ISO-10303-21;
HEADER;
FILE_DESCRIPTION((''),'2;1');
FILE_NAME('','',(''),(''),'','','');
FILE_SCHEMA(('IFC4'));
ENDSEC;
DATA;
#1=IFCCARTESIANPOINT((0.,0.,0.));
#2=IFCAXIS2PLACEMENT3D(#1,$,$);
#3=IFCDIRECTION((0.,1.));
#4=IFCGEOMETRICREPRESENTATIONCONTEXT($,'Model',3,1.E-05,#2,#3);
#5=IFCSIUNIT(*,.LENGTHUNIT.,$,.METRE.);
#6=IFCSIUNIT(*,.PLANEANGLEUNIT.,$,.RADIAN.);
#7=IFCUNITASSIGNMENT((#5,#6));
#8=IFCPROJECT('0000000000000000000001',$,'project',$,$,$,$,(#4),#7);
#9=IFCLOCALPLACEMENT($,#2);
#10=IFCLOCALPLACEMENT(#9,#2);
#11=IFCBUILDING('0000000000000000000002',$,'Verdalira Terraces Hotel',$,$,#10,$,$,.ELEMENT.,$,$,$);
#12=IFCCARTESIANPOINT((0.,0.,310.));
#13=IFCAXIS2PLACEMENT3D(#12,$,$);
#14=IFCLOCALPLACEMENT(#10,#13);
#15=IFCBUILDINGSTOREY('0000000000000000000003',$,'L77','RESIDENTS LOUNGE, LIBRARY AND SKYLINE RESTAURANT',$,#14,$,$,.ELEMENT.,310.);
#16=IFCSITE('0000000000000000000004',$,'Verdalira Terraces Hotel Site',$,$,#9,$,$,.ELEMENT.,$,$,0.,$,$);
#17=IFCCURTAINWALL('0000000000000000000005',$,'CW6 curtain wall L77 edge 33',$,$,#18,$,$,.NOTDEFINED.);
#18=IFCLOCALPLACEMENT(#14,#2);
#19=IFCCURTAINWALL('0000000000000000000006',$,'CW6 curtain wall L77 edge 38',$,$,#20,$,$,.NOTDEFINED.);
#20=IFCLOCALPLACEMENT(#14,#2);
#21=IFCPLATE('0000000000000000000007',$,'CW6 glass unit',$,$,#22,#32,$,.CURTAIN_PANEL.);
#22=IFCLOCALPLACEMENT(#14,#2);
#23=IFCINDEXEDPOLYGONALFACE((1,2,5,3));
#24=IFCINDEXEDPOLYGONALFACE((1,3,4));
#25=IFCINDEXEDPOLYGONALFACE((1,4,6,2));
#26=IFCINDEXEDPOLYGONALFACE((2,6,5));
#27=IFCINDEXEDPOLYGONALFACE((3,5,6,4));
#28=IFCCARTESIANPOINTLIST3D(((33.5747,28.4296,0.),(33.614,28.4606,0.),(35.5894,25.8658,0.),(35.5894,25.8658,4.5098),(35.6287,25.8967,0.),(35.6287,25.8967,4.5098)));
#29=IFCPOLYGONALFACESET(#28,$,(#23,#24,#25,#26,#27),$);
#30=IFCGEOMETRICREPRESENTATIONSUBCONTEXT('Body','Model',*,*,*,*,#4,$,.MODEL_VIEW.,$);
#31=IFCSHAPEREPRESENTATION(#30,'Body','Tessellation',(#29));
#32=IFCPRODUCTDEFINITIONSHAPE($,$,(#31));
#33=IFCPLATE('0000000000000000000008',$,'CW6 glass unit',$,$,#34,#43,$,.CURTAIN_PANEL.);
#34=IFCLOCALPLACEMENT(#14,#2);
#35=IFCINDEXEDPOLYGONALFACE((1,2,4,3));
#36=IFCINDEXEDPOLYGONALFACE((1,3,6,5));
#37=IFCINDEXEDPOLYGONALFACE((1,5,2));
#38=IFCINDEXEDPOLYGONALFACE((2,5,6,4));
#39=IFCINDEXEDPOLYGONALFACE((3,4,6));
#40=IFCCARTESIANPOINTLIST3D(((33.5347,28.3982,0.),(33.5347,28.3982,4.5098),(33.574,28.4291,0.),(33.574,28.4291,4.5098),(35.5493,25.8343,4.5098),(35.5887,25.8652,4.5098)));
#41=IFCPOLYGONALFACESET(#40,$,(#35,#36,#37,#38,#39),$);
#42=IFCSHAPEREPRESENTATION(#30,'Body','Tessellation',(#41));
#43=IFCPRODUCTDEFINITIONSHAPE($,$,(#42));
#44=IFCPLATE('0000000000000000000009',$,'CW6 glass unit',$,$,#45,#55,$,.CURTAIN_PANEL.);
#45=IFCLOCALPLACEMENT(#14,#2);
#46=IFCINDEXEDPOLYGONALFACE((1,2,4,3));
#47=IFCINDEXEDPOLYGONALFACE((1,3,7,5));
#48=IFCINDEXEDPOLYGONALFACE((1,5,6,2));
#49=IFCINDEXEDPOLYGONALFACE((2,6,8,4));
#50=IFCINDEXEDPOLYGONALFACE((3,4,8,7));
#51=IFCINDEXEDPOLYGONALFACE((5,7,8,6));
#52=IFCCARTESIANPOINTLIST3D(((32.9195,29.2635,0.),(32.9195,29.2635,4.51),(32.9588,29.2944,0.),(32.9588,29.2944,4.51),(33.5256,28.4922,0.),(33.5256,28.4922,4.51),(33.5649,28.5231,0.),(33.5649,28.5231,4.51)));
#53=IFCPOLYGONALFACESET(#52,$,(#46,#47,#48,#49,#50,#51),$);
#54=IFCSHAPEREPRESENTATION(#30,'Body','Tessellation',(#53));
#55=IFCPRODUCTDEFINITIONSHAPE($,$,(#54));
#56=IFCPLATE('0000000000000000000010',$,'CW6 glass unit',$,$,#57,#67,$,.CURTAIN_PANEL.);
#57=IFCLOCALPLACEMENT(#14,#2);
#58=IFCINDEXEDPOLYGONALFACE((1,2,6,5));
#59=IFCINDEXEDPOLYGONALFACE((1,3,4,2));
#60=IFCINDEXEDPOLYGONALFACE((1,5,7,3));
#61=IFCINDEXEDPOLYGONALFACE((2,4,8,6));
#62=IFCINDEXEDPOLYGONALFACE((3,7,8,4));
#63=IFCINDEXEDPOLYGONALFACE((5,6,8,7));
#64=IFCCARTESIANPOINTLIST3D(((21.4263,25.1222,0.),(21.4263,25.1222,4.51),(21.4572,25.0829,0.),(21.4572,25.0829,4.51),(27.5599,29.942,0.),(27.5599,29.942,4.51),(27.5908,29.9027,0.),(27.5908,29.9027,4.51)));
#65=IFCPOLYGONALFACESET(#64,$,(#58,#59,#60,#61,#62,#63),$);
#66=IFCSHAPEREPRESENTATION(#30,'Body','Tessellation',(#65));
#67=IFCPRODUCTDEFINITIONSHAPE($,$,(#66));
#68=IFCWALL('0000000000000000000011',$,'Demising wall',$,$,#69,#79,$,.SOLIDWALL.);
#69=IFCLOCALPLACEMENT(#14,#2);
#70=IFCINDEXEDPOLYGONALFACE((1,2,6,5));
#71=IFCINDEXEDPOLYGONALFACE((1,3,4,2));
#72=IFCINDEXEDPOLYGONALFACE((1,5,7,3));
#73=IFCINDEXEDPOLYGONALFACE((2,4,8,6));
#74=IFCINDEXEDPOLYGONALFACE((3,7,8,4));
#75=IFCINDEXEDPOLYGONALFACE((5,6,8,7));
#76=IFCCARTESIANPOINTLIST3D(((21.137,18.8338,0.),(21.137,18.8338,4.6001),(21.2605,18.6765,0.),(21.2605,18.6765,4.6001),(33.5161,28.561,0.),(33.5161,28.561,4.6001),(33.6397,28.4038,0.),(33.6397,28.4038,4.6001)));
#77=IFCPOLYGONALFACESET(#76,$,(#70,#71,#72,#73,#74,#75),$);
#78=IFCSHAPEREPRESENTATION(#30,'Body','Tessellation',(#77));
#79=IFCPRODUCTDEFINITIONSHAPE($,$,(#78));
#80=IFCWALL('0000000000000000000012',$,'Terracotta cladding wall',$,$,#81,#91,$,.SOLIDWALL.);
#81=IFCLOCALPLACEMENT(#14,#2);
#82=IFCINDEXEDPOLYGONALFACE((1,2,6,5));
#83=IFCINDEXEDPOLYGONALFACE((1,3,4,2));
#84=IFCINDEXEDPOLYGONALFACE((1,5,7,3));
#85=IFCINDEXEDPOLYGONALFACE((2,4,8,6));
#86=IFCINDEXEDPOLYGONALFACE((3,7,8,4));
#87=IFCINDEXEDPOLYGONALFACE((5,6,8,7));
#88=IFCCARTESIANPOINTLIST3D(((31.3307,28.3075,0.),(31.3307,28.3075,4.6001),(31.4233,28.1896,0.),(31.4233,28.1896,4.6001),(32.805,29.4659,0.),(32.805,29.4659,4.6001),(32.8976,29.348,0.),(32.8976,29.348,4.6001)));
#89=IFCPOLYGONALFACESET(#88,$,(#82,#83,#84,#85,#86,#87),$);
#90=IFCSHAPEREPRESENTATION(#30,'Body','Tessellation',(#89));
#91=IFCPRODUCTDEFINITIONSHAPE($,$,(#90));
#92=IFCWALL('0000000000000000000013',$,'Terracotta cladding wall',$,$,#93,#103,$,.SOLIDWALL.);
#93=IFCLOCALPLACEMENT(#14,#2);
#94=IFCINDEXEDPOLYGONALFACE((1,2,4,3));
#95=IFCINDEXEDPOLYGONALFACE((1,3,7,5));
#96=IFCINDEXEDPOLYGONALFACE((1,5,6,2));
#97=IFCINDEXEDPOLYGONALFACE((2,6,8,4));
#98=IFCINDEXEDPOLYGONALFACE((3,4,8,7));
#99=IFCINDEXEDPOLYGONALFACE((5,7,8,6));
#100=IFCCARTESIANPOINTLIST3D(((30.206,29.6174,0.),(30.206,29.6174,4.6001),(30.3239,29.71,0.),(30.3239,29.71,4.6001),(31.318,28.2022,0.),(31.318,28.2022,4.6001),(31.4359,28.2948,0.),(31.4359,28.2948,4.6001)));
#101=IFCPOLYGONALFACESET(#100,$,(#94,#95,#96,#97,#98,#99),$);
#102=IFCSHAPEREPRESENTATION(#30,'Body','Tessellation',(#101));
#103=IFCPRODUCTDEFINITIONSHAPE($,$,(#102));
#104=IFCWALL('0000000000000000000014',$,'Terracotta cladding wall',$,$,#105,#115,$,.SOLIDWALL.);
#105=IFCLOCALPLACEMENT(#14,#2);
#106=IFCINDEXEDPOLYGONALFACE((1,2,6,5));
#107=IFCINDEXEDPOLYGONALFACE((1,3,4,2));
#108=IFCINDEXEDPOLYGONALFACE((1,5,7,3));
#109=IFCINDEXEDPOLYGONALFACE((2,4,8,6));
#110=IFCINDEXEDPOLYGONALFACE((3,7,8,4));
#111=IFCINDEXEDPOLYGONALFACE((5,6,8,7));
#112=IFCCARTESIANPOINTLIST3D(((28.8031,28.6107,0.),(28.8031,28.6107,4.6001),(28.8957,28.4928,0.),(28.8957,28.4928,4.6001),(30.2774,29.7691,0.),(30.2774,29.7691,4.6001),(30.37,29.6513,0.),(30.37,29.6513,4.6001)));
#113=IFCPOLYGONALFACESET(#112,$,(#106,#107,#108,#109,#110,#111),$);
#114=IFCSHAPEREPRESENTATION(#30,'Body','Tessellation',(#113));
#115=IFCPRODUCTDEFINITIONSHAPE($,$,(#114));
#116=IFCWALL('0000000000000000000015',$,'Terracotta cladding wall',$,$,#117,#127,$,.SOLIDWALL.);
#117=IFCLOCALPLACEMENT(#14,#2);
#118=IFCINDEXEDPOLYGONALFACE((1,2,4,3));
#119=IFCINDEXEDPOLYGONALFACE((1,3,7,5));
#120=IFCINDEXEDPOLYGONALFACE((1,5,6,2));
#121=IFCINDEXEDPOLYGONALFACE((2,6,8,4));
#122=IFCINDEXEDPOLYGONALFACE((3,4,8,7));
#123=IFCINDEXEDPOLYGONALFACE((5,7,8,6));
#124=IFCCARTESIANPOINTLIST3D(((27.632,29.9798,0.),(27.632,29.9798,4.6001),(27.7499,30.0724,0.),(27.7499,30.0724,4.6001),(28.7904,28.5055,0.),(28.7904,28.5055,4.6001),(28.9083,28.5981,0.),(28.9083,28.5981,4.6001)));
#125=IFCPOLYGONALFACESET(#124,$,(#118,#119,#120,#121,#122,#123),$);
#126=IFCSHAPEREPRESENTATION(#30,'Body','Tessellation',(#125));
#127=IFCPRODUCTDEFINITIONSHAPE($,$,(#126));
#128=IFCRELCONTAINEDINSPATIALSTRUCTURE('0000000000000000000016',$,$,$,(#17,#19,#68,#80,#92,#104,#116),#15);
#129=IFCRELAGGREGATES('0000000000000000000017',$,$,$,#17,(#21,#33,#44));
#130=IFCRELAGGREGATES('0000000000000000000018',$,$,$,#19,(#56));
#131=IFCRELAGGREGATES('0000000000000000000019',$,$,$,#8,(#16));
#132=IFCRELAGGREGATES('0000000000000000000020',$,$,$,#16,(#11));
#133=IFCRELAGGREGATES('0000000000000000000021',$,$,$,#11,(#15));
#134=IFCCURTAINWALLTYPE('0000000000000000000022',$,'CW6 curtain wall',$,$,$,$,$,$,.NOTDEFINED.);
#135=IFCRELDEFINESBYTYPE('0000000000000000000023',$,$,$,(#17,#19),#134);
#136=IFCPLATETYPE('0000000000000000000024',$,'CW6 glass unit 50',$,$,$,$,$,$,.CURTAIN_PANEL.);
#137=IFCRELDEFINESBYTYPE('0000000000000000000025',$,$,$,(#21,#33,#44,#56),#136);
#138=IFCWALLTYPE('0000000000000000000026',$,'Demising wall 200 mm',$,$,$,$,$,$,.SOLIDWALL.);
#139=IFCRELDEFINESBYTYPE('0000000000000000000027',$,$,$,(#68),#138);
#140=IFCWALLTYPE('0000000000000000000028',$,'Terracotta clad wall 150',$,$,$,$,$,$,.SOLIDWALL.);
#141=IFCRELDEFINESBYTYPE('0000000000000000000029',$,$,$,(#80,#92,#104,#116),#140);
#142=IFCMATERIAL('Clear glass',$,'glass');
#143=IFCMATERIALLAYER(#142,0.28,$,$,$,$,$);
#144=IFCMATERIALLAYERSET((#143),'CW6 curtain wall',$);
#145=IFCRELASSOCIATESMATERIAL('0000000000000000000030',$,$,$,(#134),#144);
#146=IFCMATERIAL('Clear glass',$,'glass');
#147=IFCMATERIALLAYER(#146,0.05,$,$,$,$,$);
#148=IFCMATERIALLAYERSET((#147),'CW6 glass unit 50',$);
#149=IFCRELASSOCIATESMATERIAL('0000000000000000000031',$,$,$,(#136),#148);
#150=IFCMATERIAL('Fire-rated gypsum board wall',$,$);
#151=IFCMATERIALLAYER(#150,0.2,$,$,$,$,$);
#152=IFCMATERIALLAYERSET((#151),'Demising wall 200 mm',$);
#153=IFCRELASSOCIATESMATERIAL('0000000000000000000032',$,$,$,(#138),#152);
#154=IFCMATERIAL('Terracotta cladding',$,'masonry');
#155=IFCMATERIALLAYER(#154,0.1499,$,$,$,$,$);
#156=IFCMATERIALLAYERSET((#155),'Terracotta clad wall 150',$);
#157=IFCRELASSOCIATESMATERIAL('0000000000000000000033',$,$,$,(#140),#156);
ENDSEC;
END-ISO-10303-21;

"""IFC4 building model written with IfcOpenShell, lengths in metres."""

from ifc_helpers import new_model, si_unit, direction, frame, frame_2d, origin, origin_2d, place, context, subcontext, project, spatial, polyline, rectangle, outline, extrude, material, layer, layer_set, type_object, element, aggregate, save


model = new_model("IFC4")

# Units and contexts
model_context = context("Model", 3, precision=1e-05, world=origin(), true_north=direction((0.0, 1.0)))
body_context = subcontext(model_context, "Body", "Model", "MODEL_VIEW")
ifc_project = project(units=[si_unit("LENGTHUNIT", "METRE"), si_unit("PLANEANGLEUNIT", "RADIAN")], contexts=[model_context])

# Site, building, storey
site_placement = place(None, origin())
site = spatial("IfcSite", under=ifc_project, at=site_placement, Name="Verdalira Terraces Hotel Site", CompositionType="ELEMENT", RefElevation=0.0)
building_placement = place(site_placement, origin())
building = spatial("IfcBuilding", under=site, at=building_placement, Name="Verdalira Terraces Hotel", CompositionType="ELEMENT")
storey_placement = place(building_placement, frame((0.0, 0.0, 310.0)))
storey = spatial("IfcBuildingStorey", under=building, at=storey_placement, Name="L77", Description="RESIDENTS LOUNGE, LIBRARY AND SKYLINE RESTAURANT", CompositionType="ELEMENT", Elevation=310.0)

# Curtain walls
ifc_material_1 = material(Name="Clear glass", Category="glass")
ifc_layer_1 = layer(ifc_material_1, 0.28)
ifc_layer_set_1 = layer_set([ifc_layer_1], Name="CW6 curtain wall")
curtain_wall_type = type_object("IfcCurtainWallType", Name="CW6 curtain wall", PredefinedType="NOTDEFINED", material=ifc_layer_set_1)
curtain_wall_1_placement = place(storey_placement, origin())
curtain_wall_1 = element("IfcCurtainWall", 1, at=curtain_wall_1_placement, inside=storey, type_object=curtain_wall_type, Name="CW6 curtain wall L77 edge 33", PredefinedType="NOTDEFINED")
curtain_wall_2_placement = place(storey_placement, origin())
curtain_wall_2 = element("IfcCurtainWall", 2, at=curtain_wall_2_placement, inside=storey, type_object=curtain_wall_type, Name="CW6 curtain wall L77 edge 38", PredefinedType="NOTDEFINED")

# Plates
ifc_material_2 = material(Name="Clear glass", Category="glass")
ifc_layer_2 = layer(ifc_material_2, 0.05)
ifc_layer_set_2 = layer_set([ifc_layer_2], Name="CW6 glass unit 50")
plate_type = type_object("IfcPlateType", Name="CW6 glass unit 50", PredefinedType="CURTAIN_PANEL", material=ifc_layer_set_2)
plate_1_placement = place(storey_placement, frame((34.582, 27.1477, 2.2549), z_axis=(0.786288, 0.61786, 0.0), x_axis=(-0.61786, 0.786288, 0.0)))
plate_1 = element("IfcPlate", 3, at=plate_1_placement, type_object=plate_type, Name="CW6 glass unit", PredefinedType="CURTAIN_PANEL", context=body_context, shape_type="SweptSolid", body=[
    extrude(outline(polyline([(-1.6304, -2.2549), (1.6304, -2.2549), (-1.6304, 2.2549), (-1.6304, -2.2549)])), origin(), (0.0, 0.0, 1.0), 0.05),
])
plate_2_placement = place(storey_placement, frame((34.542, 27.1162, 2.2549), z_axis=(0.786288, 0.61786, 0.0), x_axis=(-0.61786, 0.786288, 0.0)))
plate_2 = element("IfcPlate", 4, at=plate_2_placement, type_object=plate_type, Name="CW6 glass unit", PredefinedType="CURTAIN_PANEL", context=body_context, shape_type="SweptSolid", body=[
    extrude(outline(polyline([(1.6304, -2.2549), (1.6304, 2.2549), (-1.6304, 2.2549), (1.6304, -2.2549)])), origin(), (0.0, 0.0, 1.0), 0.05),
])
plate_3_placement = place(storey_placement, frame((33.2422, 28.8933, 0.0), z_axis=(0.0, 0.0, 1.0), x_axis=(-0.61786, 0.786288, 0.0)))
plate_3 = element("IfcPlate", 5, at=plate_3_placement, type_object=plate_type, Name="CW6 glass unit", PredefinedType="CURTAIN_PANEL", context=body_context, shape_type="SweptSolid", body=[
    extrude(rectangle(XDim=0.981, YDim=0.05, at=origin_2d()), origin(), (0.0, 0.0, 1.0), 4.51),
])
aggregate(curtain_wall_1, [plate_1, plate_2, plate_3])
plate_4_placement = place(storey_placement, frame((24.5085, 27.5125, 0.0), z_axis=(0.0, 0.0, 1.0), x_axis=(-0.786288, -0.61786, 0.0)))
plate_4 = element("IfcPlate", 6, at=plate_4_placement, type_object=plate_type, Name="CW6 glass unit", PredefinedType="CURTAIN_PANEL", context=body_context, shape_type="SweptSolid", body=[
    extrude(rectangle(XDim=7.8008, YDim=0.05, at=origin_2d()), origin(), (0.0, 0.0, 1.0), 4.51),
])
aggregate(curtain_wall_2, [plate_4])

# Walls
ifc_material_3 = material(Name="Fire-rated gypsum board wall")
ifc_layer_3 = layer(ifc_material_3, 0.2)
ifc_layer_set_3 = layer_set([ifc_layer_3], Name="Demising wall 200 mm")
wall_type_1 = type_object("IfcWallType", Name="Demising wall 200 mm", PredefinedType="SOLIDWALL", material=ifc_layer_set_3)
wall_1_placement = place(storey_placement, frame((33.5779, 28.4824, 0.0), z_axis=(0.0, 0.0, 1.0), x_axis=(-0.786293, -0.617854, 0.0)))
element("IfcWall", 7, at=wall_1_placement, inside=storey, type_object=wall_type_1, Name="Demising wall", PredefinedType="SOLIDWALL", context=body_context, shape_type="SweptSolid", body=[
    extrude(rectangle(XDim=15.7437, YDim=0.2, at=frame_2d((7.8718, 0.0))), origin(), (0.0, 0.0, 1.0), 4.6001),
])
ifc_material_4 = material(Name="Terracotta cladding", Category="masonry")
ifc_layer_4 = layer(ifc_material_4, 0.1499)
ifc_layer_set_4 = layer_set([ifc_layer_4], Name="Terracotta clad wall 150")
wall_type_2 = type_object("IfcWallType", Name="Terracotta clad wall 150", PredefinedType="SOLIDWALL", material=ifc_layer_set_4)
wall_2_placement = place(storey_placement, frame((32.8513, 29.407, 0.0), z_axis=(0.0, 0.0, 1.0), x_axis=(-0.786314, -0.617827, 0.0)))
element("IfcWall", 8, at=wall_2_placement, inside=storey, type_object=wall_type_2, Name="Terracotta cladding wall", PredefinedType="SOLIDWALL", context=body_context, shape_type="SweptSolid", body=[
    extrude(rectangle(XDim=1.875, YDim=0.1499, at=frame_2d((0.9375, 0.0))), origin(), (0.0, 0.0, 1.0), 4.6001),
])
wall_3_placement = place(storey_placement, frame((31.377, 28.2485, 0.0), z_axis=(0.0, 0.0, 1.0), x_axis=(-0.61784, 0.786304, 0.0)))
element("IfcWall", 9, at=wall_3_placement, inside=storey, type_object=wall_type_2, Name="Terracotta cladding wall", PredefinedType="SOLIDWALL", context=body_context, shape_type="SweptSolid", body=[
    extrude(rectangle(XDim=1.7998, YDim=0.1499, at=frame_2d((0.8999, 0.0))), origin(), (0.0, 0.0, 1.0), 4.6001),
])
for number, where, z_axis, x_axis, name in (
    (10, (30.3237, 29.7102, 0.0), (0.0, 0.0, 1.0), (-0.786314, -0.617827, 0.0), "Terracotta cladding wall"),
    (11, (28.8494, 28.5518, 0.0), (0.0, 0.0, 1.0), (-0.617827, 0.786314, 0.0), "Terracotta cladding wall"),
):
    element("IfcWall", number, at=place(storey_placement, frame(where, z_axis=z_axis, x_axis=x_axis)), inside=storey, type_object=wall_type_2, Name=name, PredefinedType="SOLIDWALL", context=body_context, shape_type="SweptSolid", body=[
        extrude(rectangle(XDim=1.875, YDim=0.1499, at=frame_2d((0.9375, 0.0))), origin(), (0.0, 0.0, 1.0), 4.6001),
    ])

save(model, "model.ifc")
